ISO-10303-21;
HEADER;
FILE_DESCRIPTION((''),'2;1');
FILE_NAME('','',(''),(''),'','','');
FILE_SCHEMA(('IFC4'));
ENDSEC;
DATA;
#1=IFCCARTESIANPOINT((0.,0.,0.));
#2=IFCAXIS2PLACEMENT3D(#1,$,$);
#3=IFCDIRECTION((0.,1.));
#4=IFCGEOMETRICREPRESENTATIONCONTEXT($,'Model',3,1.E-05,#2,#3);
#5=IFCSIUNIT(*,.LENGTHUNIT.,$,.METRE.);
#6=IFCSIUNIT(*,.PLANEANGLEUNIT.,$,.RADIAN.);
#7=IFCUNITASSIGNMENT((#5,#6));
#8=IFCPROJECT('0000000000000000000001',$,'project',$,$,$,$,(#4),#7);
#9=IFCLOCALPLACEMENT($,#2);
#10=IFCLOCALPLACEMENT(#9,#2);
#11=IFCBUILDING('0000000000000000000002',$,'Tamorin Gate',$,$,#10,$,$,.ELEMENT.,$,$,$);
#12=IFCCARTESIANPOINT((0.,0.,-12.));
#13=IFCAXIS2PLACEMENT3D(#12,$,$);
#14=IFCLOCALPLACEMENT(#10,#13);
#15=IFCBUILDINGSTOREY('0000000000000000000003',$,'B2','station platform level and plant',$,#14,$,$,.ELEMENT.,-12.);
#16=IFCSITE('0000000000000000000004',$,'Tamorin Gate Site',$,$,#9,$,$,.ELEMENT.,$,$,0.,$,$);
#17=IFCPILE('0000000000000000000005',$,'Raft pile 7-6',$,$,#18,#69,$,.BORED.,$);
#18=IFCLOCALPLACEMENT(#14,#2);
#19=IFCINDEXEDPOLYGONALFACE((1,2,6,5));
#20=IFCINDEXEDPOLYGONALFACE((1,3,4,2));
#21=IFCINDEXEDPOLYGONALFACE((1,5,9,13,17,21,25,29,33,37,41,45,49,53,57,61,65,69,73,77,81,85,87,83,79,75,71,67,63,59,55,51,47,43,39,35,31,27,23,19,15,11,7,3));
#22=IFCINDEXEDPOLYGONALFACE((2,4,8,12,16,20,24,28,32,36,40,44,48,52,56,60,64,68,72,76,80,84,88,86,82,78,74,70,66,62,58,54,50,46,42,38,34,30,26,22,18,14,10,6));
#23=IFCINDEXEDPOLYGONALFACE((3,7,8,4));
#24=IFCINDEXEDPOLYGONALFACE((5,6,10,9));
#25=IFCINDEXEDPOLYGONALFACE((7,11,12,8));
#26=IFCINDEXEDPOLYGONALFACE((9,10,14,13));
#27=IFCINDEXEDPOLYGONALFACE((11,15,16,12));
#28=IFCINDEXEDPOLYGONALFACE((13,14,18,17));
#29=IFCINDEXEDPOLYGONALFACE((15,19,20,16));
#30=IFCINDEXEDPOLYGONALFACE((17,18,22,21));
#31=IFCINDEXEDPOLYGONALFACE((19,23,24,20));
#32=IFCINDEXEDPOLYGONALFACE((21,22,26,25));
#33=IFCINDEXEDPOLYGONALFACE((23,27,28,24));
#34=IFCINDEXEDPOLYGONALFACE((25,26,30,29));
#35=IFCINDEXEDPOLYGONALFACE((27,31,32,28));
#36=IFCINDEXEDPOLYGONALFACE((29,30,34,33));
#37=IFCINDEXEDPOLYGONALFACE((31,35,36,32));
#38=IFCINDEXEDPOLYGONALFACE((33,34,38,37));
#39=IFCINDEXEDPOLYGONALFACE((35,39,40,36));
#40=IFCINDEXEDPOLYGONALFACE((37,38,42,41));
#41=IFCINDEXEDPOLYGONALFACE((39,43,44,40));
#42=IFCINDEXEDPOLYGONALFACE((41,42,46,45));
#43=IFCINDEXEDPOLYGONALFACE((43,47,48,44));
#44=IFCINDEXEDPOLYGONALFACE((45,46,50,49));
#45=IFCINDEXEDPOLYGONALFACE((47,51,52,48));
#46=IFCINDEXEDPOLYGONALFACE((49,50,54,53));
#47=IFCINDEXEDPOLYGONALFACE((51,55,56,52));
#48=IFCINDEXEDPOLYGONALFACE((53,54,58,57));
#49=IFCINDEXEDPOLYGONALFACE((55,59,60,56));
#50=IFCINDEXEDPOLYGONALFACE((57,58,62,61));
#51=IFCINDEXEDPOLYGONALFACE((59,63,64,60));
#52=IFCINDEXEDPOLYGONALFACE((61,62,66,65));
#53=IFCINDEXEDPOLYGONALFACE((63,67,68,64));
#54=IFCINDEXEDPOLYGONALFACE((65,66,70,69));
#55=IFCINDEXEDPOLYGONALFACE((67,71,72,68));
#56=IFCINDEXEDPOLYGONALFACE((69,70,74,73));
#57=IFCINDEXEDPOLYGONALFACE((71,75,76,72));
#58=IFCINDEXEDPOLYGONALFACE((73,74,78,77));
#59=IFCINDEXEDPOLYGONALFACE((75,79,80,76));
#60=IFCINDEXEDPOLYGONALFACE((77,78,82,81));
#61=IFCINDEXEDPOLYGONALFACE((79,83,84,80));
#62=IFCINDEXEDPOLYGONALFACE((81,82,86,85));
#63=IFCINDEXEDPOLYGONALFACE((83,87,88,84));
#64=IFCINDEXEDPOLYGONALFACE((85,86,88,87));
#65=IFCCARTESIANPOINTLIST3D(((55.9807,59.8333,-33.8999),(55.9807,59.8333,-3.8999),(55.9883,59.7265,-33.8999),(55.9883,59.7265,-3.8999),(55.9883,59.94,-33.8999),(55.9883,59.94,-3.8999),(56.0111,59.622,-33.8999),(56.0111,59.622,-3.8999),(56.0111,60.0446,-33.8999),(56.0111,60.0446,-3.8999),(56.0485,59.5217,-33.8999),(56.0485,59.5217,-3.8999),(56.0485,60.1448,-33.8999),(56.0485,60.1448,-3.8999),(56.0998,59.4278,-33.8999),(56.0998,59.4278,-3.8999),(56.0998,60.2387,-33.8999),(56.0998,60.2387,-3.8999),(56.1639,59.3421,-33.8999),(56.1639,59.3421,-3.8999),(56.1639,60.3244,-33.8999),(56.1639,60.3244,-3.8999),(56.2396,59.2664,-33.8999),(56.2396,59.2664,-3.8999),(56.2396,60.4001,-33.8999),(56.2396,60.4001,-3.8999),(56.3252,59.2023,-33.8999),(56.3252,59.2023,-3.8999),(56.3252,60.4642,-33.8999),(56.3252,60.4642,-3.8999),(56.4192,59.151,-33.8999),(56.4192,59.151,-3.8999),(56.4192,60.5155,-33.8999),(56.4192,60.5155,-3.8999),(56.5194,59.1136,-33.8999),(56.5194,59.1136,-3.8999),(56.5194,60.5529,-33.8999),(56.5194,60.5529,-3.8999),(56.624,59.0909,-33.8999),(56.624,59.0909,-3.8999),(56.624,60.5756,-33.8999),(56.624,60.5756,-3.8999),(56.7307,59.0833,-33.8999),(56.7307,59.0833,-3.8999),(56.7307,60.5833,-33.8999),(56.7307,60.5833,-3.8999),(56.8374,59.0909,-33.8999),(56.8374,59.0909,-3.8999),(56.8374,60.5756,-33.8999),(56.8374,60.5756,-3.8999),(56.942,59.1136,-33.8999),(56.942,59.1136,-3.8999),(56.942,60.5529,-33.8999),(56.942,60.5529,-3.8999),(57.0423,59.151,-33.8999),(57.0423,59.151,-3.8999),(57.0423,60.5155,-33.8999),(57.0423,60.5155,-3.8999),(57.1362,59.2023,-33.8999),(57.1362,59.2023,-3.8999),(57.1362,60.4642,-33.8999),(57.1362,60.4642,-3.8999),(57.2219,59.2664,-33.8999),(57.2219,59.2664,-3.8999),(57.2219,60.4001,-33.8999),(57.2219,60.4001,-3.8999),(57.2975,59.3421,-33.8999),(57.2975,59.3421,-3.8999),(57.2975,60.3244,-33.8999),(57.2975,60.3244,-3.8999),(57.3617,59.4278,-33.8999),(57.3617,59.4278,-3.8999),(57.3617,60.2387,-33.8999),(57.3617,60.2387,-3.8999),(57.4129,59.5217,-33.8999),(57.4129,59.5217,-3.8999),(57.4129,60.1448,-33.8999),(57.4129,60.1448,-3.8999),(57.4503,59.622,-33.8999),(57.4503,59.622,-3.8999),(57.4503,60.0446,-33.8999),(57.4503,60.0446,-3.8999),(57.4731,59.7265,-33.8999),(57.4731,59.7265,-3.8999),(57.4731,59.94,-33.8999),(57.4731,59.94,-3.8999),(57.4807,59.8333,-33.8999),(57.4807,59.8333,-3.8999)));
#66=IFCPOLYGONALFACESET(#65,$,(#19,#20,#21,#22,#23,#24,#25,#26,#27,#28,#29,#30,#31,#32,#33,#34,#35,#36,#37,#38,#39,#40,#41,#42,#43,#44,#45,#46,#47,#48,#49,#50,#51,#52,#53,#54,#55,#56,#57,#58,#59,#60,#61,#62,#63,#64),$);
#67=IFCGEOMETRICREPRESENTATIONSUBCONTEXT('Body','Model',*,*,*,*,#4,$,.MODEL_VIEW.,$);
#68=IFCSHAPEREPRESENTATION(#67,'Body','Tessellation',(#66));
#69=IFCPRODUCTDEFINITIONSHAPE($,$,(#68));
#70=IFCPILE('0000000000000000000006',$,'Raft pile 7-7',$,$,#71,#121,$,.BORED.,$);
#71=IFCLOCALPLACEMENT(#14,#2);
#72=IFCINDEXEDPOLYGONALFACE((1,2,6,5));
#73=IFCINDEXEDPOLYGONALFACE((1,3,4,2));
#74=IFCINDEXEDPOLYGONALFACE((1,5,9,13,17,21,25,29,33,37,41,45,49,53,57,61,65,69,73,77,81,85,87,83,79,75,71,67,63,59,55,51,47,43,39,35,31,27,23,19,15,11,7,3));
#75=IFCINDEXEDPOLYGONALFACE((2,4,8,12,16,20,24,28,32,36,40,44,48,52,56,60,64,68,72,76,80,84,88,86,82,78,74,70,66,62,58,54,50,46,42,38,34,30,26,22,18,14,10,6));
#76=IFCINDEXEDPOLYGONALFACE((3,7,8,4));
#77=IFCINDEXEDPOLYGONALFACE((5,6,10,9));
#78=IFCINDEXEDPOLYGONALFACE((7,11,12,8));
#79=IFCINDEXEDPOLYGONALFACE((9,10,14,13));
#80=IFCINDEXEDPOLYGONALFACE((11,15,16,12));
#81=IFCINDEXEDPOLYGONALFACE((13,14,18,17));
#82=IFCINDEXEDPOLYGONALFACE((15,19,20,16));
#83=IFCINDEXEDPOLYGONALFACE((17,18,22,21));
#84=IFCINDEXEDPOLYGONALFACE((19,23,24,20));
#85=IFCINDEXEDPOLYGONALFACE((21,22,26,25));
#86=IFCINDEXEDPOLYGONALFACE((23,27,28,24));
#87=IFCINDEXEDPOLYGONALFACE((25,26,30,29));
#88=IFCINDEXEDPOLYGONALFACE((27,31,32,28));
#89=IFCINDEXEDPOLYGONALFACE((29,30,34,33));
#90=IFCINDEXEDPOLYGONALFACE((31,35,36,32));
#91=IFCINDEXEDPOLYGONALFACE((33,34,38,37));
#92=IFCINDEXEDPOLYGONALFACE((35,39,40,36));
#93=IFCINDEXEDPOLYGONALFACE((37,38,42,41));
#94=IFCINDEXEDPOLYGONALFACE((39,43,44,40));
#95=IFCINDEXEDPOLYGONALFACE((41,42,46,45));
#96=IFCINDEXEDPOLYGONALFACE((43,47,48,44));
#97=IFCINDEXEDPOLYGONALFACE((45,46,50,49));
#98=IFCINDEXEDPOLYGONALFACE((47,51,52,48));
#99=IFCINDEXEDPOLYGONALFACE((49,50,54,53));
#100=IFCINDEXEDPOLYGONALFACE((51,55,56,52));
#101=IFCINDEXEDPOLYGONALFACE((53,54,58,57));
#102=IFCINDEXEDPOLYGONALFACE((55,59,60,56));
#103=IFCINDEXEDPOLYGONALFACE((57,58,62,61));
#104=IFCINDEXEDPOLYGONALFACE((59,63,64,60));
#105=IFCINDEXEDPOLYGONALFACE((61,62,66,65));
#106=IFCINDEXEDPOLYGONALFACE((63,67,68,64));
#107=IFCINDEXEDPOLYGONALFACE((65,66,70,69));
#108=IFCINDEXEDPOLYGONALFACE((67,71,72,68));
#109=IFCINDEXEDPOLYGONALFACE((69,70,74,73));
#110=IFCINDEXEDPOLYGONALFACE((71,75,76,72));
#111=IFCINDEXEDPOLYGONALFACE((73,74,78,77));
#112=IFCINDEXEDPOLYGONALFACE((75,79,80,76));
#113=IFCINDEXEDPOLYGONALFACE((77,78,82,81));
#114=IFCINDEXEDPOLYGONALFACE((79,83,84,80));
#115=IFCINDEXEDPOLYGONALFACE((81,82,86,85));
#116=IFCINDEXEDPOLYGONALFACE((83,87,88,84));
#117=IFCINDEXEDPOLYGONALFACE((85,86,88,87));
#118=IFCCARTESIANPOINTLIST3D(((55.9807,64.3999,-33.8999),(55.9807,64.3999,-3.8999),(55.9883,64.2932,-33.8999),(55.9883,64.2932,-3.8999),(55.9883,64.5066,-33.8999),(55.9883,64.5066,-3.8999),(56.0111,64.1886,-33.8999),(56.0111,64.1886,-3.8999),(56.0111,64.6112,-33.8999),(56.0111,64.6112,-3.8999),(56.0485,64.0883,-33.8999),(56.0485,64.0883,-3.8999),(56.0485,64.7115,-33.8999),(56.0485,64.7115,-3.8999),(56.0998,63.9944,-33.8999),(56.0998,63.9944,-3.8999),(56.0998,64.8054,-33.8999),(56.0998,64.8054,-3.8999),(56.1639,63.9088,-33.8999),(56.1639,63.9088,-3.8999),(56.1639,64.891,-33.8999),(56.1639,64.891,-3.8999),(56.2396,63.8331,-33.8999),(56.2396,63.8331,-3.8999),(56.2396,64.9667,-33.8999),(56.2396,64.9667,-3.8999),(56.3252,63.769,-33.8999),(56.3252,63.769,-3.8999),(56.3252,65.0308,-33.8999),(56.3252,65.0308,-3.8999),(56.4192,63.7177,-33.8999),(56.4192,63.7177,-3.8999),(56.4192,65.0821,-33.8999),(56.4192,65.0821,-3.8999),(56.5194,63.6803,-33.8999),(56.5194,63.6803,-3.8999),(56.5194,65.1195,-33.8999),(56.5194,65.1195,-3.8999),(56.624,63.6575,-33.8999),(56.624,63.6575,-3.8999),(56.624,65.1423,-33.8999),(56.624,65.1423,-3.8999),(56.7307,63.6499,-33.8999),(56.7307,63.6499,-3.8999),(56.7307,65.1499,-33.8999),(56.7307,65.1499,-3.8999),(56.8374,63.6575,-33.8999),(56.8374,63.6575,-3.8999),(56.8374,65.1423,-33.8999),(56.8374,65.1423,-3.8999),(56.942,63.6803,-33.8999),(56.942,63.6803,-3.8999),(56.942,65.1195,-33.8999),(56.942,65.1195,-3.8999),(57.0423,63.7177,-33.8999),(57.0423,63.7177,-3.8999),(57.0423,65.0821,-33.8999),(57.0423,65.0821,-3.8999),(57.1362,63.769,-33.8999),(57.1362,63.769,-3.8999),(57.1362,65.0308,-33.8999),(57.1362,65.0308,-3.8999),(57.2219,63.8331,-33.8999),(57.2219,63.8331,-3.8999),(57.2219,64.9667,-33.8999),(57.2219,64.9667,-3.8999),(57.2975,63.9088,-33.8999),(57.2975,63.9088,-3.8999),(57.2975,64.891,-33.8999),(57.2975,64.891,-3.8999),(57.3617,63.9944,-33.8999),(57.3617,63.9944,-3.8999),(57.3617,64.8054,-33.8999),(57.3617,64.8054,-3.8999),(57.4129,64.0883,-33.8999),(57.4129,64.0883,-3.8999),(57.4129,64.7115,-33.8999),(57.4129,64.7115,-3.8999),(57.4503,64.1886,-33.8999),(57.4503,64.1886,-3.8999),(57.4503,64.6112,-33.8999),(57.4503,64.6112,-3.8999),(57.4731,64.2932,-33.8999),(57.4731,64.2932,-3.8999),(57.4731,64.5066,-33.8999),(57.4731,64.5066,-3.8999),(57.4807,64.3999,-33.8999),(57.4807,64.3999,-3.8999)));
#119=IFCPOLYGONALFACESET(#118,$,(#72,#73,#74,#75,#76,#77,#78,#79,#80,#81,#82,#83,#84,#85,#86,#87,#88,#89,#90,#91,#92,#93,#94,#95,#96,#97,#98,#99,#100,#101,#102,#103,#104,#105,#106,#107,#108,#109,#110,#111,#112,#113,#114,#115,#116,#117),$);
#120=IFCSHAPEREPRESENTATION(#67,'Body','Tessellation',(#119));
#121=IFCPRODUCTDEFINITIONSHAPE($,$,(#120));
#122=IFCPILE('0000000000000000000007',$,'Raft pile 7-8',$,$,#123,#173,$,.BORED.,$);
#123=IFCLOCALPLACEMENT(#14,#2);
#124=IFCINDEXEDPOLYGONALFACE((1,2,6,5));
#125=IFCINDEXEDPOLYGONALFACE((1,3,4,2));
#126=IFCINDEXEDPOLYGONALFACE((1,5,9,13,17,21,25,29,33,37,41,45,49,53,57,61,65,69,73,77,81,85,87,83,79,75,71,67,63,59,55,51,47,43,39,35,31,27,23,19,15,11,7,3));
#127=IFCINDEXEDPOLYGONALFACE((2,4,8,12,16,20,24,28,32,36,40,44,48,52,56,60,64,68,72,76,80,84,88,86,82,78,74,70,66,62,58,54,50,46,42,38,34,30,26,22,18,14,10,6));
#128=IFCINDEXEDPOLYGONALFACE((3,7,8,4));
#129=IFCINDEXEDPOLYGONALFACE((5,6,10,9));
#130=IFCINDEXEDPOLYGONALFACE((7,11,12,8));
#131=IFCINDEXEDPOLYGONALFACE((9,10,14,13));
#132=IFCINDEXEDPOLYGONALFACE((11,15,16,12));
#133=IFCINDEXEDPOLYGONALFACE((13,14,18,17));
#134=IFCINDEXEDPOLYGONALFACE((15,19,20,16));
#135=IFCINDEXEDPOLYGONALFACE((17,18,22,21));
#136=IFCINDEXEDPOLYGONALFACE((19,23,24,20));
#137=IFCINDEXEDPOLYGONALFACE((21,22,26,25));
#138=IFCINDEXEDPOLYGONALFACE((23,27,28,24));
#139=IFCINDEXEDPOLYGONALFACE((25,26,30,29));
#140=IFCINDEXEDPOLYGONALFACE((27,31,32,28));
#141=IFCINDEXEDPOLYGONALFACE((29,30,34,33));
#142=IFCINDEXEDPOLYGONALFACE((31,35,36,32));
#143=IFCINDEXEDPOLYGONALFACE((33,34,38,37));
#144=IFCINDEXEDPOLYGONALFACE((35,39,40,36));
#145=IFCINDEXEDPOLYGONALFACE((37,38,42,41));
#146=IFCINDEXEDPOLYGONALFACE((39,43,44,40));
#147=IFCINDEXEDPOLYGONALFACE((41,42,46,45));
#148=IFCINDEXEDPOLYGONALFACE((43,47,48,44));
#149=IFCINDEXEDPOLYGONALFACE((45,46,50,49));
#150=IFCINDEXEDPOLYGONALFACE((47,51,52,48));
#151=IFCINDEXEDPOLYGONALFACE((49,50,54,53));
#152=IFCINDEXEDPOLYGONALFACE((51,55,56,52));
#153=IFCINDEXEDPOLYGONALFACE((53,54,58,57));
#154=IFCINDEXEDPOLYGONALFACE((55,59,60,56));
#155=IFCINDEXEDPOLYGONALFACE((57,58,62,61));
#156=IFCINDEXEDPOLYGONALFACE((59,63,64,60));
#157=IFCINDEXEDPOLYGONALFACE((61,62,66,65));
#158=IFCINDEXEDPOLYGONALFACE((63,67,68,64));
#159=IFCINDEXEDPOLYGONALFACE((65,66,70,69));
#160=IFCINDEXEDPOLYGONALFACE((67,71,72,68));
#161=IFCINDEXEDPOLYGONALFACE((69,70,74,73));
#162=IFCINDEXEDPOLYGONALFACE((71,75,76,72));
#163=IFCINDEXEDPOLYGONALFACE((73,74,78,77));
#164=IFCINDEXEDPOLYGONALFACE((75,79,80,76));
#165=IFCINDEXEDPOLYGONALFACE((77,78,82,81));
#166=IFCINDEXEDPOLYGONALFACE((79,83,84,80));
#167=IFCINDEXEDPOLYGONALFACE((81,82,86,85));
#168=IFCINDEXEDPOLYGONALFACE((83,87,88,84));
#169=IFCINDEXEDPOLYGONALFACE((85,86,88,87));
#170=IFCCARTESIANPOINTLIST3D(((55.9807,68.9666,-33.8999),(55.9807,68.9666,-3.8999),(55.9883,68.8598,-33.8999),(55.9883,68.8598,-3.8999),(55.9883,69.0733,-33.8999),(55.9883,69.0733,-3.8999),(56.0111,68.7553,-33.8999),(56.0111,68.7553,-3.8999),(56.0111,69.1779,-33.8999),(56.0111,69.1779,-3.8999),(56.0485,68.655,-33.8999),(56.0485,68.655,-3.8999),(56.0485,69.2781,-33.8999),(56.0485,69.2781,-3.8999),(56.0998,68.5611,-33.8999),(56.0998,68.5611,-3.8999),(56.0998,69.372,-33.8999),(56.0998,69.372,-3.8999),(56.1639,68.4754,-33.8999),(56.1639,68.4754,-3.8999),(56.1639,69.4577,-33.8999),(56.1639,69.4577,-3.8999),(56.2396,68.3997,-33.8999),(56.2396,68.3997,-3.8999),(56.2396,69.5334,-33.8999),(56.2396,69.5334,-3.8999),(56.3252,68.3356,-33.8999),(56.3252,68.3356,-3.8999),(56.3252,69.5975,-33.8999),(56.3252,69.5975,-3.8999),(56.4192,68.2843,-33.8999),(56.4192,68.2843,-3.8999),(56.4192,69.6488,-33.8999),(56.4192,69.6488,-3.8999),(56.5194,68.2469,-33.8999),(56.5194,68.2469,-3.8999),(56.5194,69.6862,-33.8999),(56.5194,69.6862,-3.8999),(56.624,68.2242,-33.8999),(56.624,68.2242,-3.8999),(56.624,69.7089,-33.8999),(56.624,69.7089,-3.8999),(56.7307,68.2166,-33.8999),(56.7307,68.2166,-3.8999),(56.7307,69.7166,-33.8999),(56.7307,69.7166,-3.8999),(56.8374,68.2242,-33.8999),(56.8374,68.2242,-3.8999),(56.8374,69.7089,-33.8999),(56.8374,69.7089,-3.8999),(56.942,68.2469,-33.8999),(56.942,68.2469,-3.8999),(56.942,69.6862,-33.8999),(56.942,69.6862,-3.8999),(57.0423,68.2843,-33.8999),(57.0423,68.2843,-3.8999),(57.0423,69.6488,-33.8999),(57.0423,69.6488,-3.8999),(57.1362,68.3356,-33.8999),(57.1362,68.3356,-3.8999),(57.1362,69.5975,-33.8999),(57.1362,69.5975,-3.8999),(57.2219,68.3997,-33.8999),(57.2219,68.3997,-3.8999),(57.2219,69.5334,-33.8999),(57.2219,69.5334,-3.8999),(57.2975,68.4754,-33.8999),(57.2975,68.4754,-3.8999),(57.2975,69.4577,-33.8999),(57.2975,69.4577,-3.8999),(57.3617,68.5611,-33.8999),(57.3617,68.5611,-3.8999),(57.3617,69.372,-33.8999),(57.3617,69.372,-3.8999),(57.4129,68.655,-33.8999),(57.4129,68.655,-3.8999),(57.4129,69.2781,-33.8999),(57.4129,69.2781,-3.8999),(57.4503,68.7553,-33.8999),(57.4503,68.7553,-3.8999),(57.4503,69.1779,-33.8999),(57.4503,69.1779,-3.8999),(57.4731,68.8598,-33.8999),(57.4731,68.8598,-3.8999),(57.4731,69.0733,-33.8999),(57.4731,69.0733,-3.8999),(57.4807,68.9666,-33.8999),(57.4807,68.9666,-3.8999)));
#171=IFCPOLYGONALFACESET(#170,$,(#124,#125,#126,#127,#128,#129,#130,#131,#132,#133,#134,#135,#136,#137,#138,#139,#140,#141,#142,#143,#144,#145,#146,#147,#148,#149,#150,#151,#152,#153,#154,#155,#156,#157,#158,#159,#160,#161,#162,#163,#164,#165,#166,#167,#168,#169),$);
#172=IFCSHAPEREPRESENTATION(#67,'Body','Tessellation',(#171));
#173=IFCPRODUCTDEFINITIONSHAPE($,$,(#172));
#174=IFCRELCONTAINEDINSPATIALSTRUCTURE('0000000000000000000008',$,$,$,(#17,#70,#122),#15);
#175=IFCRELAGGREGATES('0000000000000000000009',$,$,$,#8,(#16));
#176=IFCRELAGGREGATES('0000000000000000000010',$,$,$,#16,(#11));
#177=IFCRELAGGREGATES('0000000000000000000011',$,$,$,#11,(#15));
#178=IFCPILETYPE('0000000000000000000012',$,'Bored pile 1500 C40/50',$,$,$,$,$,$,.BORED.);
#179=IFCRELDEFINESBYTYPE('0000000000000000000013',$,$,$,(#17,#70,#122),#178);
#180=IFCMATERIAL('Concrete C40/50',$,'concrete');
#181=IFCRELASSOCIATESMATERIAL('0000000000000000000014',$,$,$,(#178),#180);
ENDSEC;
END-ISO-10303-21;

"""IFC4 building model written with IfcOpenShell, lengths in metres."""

from ifc_helpers import new_model, si_unit, direction, frame, origin, origin_2d, place, context, subcontext, project, spatial, circle, extrude, material, material_profile, profile_set, type_object, element, save


model = new_model("IFC4")

# Units and contexts
model_context = context("Model", 3, precision=1e-05, world=origin(), true_north=direction((0.0, 1.0)))
body_context = subcontext(model_context, "Body", "Model", "MODEL_VIEW")
ifc_project = project(units=[si_unit("LENGTHUNIT", "METRE"), si_unit("PLANEANGLEUNIT", "RADIAN")], contexts=[model_context])

# Site, building, storey
site_placement = place(None, origin())
site = spatial("IfcSite", under=ifc_project, at=site_placement, Name="Tamorin Gate Site", CompositionType="ELEMENT", RefElevation=0.0)
building_placement = place(site_placement, origin())
building = spatial("IfcBuilding", under=site, at=building_placement, Name="Tamorin Gate", CompositionType="ELEMENT")
storey_placement = place(building_placement, frame((0.0, 0.0, -12.0)))
storey = spatial("IfcBuildingStorey", under=building, at=storey_placement, Name="B2", Description="station platform level and plant", CompositionType="ELEMENT", Elevation=-12.0)

# Piles
ifc_material_1 = material(Name="Concrete C40/50", Category="concrete")
ifc_material_profile_1 = material_profile(ifc_material_1, circle(Radius=0.75, at=origin_2d()))
ifc_profile_set_1 = profile_set([ifc_material_profile_1], Name="Concrete C40/50")
pile_type = type_object("IfcPileType", Name="Bored pile 1500 C40/50", PredefinedType="BORED", material=ifc_profile_set_1)
for number, where, z_axis, x_axis, name in (
    (1, (56.7307, 59.8333, -3.8999), (0.0, 0.0, -1.0), (1.0, 0.0, 0.0), "Raft pile 7-6"),
    (2, (56.7307, 64.3999, -3.8999), (0.0, 0.0, -1.0), (1.0, 0.0, 0.0), "Raft pile 7-7"),
    (3, (56.7307, 68.9666, -3.8999), (0.0, 0.0, -1.0), (1.0, 0.0, 0.0), "Raft pile 7-8"),
):
    element("IfcPile", number, at=place(storey_placement, frame(where, z_axis=z_axis, x_axis=x_axis)), inside=storey, type_object=pile_type, Name=name, PredefinedType="BORED", context=body_context, shape_type="SweptSolid", body=[
        extrude(circle(Radius=0.75, at=origin_2d()), origin(), (0.0, 0.0, 1.0), 30.0),
    ])

save(model, "model.ifc")
